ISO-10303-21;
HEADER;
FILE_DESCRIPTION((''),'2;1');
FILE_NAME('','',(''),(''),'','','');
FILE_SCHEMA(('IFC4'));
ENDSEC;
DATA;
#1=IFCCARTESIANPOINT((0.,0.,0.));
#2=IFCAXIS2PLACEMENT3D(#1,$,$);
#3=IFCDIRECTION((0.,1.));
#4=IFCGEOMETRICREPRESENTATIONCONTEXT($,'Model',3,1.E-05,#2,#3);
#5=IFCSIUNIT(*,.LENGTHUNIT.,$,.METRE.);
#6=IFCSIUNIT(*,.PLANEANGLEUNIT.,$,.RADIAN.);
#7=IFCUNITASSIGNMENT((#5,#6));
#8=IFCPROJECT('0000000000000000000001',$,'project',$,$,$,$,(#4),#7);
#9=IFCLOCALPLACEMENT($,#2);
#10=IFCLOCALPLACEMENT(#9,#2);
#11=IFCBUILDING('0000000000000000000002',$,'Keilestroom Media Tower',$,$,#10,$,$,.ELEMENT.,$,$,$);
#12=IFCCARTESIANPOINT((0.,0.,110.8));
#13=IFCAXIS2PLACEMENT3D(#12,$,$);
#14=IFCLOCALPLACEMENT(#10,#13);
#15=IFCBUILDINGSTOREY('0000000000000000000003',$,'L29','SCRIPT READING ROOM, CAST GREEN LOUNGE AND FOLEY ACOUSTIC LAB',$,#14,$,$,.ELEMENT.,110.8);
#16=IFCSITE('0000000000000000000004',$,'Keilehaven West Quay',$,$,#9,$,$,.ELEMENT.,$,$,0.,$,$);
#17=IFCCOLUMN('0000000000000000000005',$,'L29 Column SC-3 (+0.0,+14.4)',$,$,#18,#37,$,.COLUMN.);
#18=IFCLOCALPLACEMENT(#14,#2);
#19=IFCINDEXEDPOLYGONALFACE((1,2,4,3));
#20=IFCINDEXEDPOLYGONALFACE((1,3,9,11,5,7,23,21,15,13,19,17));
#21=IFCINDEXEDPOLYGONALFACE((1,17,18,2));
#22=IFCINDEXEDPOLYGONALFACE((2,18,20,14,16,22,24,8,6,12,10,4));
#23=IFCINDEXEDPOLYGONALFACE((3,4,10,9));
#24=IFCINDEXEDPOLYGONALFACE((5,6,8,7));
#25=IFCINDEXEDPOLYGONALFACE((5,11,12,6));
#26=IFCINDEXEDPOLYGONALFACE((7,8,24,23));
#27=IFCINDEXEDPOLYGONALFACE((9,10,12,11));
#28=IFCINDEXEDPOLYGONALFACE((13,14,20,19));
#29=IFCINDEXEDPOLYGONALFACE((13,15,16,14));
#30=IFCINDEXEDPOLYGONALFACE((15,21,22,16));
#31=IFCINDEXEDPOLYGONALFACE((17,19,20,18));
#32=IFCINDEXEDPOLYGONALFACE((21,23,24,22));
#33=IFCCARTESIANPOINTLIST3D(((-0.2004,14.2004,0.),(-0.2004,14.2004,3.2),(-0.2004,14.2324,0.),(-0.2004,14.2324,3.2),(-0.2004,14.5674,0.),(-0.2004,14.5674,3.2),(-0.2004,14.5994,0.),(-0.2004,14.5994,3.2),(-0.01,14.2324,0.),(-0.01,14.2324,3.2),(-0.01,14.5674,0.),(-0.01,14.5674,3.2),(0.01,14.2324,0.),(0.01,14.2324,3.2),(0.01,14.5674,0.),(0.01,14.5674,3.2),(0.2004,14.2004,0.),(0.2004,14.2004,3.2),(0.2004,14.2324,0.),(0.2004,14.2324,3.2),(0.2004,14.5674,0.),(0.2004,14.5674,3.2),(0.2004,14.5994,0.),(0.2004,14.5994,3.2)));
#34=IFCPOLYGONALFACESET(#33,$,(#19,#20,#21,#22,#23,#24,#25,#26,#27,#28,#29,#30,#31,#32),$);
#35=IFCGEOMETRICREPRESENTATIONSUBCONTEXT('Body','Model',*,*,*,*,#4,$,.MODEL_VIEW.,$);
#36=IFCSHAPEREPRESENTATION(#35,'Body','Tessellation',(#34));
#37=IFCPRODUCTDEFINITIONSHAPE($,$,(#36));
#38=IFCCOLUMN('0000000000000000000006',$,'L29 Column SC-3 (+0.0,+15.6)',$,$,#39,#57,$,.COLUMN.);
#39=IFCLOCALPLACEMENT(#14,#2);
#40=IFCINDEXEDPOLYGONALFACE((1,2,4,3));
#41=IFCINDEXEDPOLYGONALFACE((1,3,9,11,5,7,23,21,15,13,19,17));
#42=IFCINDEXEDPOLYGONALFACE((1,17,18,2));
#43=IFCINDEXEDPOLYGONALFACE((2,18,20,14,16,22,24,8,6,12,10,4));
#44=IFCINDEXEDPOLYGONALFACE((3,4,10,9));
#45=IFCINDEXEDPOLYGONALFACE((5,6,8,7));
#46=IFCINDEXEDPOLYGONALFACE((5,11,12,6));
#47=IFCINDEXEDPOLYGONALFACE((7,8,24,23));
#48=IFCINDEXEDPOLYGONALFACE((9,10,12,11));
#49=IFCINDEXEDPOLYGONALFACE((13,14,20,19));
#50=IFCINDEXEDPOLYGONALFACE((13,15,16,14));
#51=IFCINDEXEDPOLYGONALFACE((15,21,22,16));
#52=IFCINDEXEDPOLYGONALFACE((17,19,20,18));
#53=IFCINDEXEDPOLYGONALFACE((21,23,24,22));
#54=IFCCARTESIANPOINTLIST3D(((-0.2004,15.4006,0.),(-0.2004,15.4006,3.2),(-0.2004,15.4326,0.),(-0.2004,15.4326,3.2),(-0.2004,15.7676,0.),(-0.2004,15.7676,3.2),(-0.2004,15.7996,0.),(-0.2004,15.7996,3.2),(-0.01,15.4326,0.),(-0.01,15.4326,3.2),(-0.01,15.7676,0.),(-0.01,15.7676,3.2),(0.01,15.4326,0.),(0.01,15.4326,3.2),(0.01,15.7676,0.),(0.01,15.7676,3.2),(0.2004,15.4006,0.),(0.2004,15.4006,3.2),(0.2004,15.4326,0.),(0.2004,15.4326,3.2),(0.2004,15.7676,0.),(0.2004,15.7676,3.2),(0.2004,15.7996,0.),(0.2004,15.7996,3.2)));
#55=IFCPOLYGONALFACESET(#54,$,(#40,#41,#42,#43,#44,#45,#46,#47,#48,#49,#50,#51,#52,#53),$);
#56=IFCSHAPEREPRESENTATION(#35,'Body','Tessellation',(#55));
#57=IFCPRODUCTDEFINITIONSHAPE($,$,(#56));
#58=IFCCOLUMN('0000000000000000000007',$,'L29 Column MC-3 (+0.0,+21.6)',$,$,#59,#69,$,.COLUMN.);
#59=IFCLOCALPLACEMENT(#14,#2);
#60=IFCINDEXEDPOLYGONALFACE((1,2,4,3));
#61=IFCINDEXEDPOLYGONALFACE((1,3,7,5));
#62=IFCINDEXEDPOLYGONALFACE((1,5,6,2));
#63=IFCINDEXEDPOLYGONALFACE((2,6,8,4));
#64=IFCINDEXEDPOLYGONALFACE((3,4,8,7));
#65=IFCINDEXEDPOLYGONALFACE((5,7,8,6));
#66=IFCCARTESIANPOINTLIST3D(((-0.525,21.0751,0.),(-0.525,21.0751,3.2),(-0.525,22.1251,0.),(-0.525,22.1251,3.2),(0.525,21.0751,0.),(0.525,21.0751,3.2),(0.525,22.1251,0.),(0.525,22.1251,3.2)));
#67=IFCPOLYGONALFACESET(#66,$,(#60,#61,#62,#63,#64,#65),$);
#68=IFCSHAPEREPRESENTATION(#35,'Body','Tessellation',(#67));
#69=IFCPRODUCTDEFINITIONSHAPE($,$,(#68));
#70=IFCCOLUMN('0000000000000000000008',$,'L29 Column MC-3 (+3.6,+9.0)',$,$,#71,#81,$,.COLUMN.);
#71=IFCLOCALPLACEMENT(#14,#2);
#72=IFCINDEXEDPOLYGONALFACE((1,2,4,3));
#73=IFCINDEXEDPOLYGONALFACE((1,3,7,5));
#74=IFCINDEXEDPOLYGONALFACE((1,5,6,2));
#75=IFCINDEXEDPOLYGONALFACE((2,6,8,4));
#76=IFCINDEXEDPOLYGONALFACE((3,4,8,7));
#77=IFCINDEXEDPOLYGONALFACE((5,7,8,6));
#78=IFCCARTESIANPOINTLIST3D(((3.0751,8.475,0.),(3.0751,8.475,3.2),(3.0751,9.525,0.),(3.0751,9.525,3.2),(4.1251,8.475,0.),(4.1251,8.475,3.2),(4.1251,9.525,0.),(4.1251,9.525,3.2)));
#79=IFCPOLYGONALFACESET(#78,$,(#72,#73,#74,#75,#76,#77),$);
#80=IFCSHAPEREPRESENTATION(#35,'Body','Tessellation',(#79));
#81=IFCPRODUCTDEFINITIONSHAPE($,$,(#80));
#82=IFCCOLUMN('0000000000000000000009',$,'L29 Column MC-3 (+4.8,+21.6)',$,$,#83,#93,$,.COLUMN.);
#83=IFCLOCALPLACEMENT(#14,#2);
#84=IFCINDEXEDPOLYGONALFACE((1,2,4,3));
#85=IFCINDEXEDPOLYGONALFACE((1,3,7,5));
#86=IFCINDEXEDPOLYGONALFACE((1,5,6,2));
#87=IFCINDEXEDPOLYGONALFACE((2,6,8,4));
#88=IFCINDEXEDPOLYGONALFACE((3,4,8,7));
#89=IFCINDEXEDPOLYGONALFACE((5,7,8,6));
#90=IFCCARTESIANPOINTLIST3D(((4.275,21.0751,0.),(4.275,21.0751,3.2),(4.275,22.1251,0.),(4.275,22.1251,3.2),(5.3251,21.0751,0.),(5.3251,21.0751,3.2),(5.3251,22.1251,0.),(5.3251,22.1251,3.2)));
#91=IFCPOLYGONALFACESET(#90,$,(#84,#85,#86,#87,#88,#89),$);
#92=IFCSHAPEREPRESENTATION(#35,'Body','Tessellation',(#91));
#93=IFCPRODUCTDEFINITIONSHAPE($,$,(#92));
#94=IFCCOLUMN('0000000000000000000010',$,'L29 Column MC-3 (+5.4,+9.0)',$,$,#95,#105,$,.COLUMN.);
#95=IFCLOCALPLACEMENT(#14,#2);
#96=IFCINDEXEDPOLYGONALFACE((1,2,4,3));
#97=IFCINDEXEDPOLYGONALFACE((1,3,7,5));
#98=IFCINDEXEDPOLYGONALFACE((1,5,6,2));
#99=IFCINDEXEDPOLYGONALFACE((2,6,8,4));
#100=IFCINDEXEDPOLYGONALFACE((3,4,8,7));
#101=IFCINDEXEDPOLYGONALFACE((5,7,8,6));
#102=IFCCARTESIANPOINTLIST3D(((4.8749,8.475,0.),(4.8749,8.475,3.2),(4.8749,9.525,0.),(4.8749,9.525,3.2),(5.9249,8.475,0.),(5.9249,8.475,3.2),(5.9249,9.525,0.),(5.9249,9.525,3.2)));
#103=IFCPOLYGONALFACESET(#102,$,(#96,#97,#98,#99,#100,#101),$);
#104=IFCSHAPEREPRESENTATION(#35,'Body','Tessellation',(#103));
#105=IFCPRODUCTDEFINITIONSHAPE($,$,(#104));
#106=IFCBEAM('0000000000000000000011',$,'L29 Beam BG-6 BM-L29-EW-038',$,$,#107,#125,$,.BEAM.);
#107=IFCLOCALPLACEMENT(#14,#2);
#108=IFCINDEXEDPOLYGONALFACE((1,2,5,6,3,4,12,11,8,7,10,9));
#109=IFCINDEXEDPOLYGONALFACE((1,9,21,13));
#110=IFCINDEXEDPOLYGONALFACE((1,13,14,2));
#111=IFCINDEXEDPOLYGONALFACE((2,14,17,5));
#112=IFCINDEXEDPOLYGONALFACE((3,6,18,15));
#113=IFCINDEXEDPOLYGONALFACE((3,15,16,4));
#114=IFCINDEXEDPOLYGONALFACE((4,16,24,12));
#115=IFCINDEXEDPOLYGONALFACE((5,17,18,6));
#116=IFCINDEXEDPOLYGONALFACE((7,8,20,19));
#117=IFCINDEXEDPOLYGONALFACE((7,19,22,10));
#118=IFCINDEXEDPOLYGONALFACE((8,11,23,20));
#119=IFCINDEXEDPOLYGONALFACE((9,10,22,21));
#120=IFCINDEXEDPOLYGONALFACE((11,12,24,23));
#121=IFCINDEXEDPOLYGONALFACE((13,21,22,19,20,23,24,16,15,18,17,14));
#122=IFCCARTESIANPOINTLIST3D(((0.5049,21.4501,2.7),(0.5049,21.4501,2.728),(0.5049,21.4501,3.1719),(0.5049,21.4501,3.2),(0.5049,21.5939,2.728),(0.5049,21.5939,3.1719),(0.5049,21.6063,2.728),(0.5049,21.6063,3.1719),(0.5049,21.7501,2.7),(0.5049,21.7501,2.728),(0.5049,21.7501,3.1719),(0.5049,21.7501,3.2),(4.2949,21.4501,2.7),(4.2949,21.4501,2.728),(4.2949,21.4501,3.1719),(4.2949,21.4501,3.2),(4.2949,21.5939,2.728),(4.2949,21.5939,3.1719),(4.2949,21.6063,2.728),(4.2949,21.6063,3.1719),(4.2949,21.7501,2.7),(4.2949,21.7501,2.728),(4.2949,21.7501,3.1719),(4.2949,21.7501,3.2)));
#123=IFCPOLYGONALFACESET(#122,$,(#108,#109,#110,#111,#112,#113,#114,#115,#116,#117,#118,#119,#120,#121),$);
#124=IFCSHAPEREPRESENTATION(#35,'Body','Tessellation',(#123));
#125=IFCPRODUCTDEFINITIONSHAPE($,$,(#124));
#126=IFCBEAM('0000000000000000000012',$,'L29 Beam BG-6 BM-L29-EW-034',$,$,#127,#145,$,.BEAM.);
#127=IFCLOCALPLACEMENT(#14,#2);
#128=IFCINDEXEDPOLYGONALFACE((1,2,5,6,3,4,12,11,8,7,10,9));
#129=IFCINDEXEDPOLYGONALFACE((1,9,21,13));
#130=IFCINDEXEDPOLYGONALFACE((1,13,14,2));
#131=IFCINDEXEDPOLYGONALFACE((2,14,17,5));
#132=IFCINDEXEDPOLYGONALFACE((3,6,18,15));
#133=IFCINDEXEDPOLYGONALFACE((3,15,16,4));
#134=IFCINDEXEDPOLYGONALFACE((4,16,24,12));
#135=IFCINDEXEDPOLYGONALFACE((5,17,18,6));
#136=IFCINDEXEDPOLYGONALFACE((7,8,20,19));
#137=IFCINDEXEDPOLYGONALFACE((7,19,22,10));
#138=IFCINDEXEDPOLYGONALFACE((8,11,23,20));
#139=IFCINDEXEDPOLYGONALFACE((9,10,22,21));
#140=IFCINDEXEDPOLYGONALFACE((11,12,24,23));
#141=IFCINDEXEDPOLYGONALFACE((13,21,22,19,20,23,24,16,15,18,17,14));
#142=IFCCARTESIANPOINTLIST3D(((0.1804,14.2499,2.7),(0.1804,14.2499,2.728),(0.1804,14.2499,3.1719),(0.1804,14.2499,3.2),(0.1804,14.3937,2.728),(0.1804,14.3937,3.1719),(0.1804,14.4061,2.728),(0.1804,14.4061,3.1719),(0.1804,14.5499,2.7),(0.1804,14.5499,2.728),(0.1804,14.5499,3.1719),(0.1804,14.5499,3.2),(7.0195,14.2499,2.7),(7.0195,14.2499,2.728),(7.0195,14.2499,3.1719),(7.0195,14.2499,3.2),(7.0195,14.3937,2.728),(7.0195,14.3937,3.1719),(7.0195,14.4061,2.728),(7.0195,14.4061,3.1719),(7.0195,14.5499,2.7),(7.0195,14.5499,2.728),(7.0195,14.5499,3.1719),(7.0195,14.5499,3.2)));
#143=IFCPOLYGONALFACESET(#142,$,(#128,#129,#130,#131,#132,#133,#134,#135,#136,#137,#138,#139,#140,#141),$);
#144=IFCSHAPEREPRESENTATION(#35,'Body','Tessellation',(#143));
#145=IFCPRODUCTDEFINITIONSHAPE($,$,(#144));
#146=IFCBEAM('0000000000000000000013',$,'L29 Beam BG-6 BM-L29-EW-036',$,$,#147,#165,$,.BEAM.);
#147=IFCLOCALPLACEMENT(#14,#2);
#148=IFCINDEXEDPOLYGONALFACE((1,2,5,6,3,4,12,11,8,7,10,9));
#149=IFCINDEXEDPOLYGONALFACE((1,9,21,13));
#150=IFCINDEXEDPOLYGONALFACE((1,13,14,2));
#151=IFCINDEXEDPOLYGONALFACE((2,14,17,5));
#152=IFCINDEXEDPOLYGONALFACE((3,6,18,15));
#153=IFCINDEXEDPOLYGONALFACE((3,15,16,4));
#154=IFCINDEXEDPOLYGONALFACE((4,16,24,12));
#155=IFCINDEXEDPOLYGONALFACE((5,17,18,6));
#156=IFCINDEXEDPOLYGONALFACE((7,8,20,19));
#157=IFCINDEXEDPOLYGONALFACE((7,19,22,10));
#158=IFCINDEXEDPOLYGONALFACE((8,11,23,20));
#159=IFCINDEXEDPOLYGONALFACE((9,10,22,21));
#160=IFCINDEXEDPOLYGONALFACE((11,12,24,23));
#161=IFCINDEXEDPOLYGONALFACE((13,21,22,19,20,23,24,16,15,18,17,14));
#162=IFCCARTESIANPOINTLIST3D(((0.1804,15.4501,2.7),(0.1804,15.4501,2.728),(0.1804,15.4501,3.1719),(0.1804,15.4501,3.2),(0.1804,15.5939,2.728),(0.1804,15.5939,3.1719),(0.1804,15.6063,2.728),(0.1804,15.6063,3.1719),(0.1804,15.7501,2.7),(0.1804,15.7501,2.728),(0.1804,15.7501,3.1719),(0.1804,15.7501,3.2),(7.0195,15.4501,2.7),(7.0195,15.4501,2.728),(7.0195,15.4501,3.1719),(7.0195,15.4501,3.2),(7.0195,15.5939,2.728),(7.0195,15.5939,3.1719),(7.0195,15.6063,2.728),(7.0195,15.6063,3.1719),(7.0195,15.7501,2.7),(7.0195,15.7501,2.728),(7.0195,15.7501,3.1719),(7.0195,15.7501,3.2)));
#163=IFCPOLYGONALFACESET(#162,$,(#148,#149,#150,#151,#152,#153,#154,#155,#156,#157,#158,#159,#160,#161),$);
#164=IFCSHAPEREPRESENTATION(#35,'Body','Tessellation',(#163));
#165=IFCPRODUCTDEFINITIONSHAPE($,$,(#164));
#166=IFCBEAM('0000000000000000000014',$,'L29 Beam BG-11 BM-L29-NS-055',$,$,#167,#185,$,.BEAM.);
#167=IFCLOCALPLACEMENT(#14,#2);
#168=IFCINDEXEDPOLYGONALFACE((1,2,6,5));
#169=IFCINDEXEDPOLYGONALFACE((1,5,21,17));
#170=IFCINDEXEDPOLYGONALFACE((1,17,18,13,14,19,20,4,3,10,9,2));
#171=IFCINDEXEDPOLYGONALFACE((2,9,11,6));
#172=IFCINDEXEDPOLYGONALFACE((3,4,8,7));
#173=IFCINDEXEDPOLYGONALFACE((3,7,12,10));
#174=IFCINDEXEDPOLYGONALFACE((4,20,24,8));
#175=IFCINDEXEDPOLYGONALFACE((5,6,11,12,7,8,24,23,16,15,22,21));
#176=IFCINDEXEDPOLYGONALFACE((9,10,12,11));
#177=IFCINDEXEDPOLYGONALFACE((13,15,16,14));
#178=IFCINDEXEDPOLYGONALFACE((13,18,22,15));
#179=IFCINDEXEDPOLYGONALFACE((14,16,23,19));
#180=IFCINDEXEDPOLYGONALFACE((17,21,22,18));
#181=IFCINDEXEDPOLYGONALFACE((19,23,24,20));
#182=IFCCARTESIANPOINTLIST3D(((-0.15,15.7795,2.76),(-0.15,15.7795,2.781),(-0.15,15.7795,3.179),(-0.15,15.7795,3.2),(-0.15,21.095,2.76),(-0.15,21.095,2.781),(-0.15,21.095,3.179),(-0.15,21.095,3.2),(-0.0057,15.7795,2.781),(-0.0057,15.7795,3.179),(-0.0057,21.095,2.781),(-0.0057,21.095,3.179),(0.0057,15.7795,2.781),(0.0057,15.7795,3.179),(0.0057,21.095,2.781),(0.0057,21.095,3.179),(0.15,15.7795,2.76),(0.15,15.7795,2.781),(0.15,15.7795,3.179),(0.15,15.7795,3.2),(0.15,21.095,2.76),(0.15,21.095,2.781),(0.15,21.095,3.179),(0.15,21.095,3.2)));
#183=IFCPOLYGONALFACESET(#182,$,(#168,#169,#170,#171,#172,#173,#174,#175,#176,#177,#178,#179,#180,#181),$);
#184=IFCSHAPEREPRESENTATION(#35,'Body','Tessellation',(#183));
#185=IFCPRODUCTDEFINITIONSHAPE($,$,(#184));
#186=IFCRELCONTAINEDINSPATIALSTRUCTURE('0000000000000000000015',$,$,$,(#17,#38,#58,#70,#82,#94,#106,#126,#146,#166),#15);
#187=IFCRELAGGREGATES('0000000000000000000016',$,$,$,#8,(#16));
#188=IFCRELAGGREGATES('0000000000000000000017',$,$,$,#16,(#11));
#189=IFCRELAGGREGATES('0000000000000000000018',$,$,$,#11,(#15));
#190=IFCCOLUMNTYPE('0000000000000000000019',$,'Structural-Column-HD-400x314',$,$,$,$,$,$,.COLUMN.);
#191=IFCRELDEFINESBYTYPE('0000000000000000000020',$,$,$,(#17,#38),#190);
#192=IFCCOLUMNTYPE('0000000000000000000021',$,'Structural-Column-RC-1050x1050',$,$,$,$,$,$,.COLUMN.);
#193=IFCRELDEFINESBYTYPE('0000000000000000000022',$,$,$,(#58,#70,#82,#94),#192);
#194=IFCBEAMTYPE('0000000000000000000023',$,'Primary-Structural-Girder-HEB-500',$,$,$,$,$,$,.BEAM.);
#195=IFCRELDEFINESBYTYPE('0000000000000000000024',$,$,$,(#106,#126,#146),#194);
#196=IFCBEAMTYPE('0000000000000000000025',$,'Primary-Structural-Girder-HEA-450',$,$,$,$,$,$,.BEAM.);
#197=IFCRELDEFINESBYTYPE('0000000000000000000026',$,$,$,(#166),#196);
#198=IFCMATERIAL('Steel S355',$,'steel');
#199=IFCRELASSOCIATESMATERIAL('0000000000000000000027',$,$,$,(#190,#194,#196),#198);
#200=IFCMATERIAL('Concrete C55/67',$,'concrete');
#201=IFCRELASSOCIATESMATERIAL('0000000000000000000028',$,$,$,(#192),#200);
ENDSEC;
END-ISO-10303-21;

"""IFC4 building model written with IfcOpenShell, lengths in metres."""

from ifc_helpers import new_model, si_unit, direction, frame, origin, origin_2d, place, context, subcontext, project, spatial, rectangle, i_section, extrude, source, transform, mapped, material, material_profile, profile_set, type_object, element, save


model = new_model("IFC4")

# Units and contexts
model_context = context("Model", 3, precision=1e-05, world=origin(), true_north=direction((0.0, 1.0)))
body_context = subcontext(model_context, "Body", "Model", "MODEL_VIEW")
ifc_project = project(units=[si_unit("LENGTHUNIT", "METRE"), si_unit("PLANEANGLEUNIT", "RADIAN")], contexts=[model_context])

# Site, building, storey
site_placement = place(None, origin())
site = spatial("IfcSite", under=ifc_project, at=site_placement, Name="Keilehaven West Quay", CompositionType="ELEMENT", RefElevation=0.0)
building_placement = place(site_placement, origin())
building = spatial("IfcBuilding", under=site, at=building_placement, Name="Keilestroom Media Tower", CompositionType="ELEMENT")
storey_placement = place(building_placement, frame((0.0, 0.0, 110.8)))
storey = spatial("IfcBuildingStorey", under=building, at=storey_placement, Name="L29", Description="SCRIPT READING ROOM, CAST GREEN LOUNGE AND FOLEY ACOUSTIC LAB", CompositionType="ELEMENT", Elevation=110.8)

# Columns
ifc_material_1 = material(Name="Steel S355", Category="steel")
ifc_material_profile_1 = material_profile(ifc_material_1, i_section(OverallWidth=0.4009, OverallDepth=0.3989, WebThickness=0.02, FlangeThickness=0.032, at=origin_2d()), Name="HD 400x314")
ifc_profile_set_1 = profile_set([ifc_material_profile_1], Name="Steel S355")
column_type_1 = type_object("IfcColumnType", Name="Structural-Column-HD-400x314", PredefinedType="COLUMN", material=ifc_profile_set_1)
shared_shape_1 = source(origin(), body_context, "Body", "SweptSolid", [
    extrude(i_section(OverallWidth=0.4009, OverallDepth=0.3989, WebThickness=0.02, FlangeThickness=0.032, at=origin_2d()), origin(), (0.0, 0.0, 1.0), 3.2),
])
for number, where, z_axis, x_axis, name in (
    (1, (0.0, 14.3999, 0.0), (0.0, 0.0, 1.0), (1.0, 0.0, 0.0), "L29 Column SC-3 (+0.0,+14.4)"),
    (2, (0.0, 15.6001, 0.0), (0.0, 0.0, 1.0), (1.0, 0.0, 0.0), "L29 Column SC-3 (+0.0,+15.6)"),
):
    element("IfcColumn", number, at=place(storey_placement, frame(where, z_axis=z_axis, x_axis=x_axis)), inside=storey, type_object=column_type_1, Name=name, PredefinedType="COLUMN", context=body_context, shape_type="MappedRepresentation", body=[
        mapped(shared_shape_1, transform((0.0, 0.0, 0.0), x_axis=(1.0, 0.0, 0.0), y_axis=(0.0, 1.0, 0.0), z_axis=(0.0, 0.0, 1.0), scale=1.0)),
    ])
ifc_material_2 = material(Name="Concrete C55/67", Category="concrete")
ifc_material_profile_2 = material_profile(ifc_material_2, rectangle(XDim=1.05, YDim=1.05, at=origin_2d()), Name="RC 1050x1050")
ifc_profile_set_2 = profile_set([ifc_material_profile_2], Name="Concrete C55/67")
column_type_2 = type_object("IfcColumnType", Name="Structural-Column-RC-1050x1050", PredefinedType="COLUMN", material=ifc_profile_set_2)
shared_shape_2 = source(origin(), body_context, "Body", "SweptSolid", [
    extrude(rectangle(XDim=1.05, YDim=1.05, at=origin_2d()), origin(), (0.0, 0.0, 1.0), 3.2),
])
for number, where, z_axis, x_axis, name in (
    (3, (0.0, 21.6001, 0.0), (0.0, 0.0, 1.0), (1.0, 0.0, 0.0), "L29 Column MC-3 (+0.0,+21.6)"),
    (4, (3.6001, 9.0, 0.0), (0.0, 0.0, 1.0), (1.0, 0.0, 0.0), "L29 Column MC-3 (+3.6,+9.0)"),
    (5, (4.8, 21.6001, 0.0), (0.0, 0.0, 1.0), (1.0, 0.0, 0.0), "L29 Column MC-3 (+4.8,+21.6)"),
    (6, (5.3999, 9.0, 0.0), (0.0, 0.0, 1.0), (1.0, 0.0, 0.0), "L29 Column MC-3 (+5.4,+9.0)"),
):
    element("IfcColumn", number, at=place(storey_placement, frame(where, z_axis=z_axis, x_axis=x_axis)), inside=storey, type_object=column_type_2, Name=name, PredefinedType="COLUMN", context=body_context, shape_type="MappedRepresentation", body=[
        mapped(shared_shape_2, transform((0.0, 0.0, 0.0), x_axis=(1.0, 0.0, 0.0), y_axis=(0.0, 1.0, 0.0), z_axis=(0.0, 0.0, 1.0), scale=1.0)),
    ])

# Beams
ifc_material_profile_3 = material_profile(ifc_material_1, i_section(OverallWidth=0.3, OverallDepth=0.5, WebThickness=0.0125, FlangeThickness=0.0281, at=origin_2d()), Name="HEB 500")
ifc_profile_set_3 = profile_set([ifc_material_profile_3], Name="Steel S355")
beam_type_1 = type_object("IfcBeamType", Name="Primary-Structural-Girder-HEB-500", PredefinedType="BEAM", material=ifc_profile_set_3)
shared_shape_3 = source(origin(), body_context, "Body", "SweptSolid", [
    extrude(i_section(OverallWidth=0.3, OverallDepth=0.5, WebThickness=0.0125, FlangeThickness=0.0281, at=origin_2d()), origin(), (0.0, 0.0, 1.0), 3.79),
])
beam_1_placement = place(storey_placement, frame((0.5049, 21.6001, 2.95), z_axis=(1.0, 0.0, 0.0), x_axis=(0.0, 1.0, 0.0)))
element("IfcBeam", 7, at=beam_1_placement, inside=storey, type_object=beam_type_1, Name="L29 Beam BG-6 BM-L29-EW-038", PredefinedType="BEAM", context=body_context, shape_type="MappedRepresentation", body=[
    mapped(shared_shape_3, transform((0.0, 0.0, 0.0), x_axis=(1.0, 0.0, 0.0), y_axis=(0.0, 1.0, 0.0), z_axis=(0.0, 0.0, 1.0), scale=1.0)),
])
shared_shape_4 = source(origin(), body_context, "Body", "SweptSolid", [
    extrude(i_section(OverallWidth=0.3, OverallDepth=0.5, WebThickness=0.0125, FlangeThickness=0.0281, at=origin_2d()), origin(), (0.0, 0.0, 1.0), 6.8391),
])
for number, where, z_axis, x_axis, name in (
    (8, (0.1804, 14.3999, 2.95), (1.0, 0.0, 0.0), (0.0, 1.0, 0.0), "L29 Beam BG-6 BM-L29-EW-034"),
    (9, (0.1804, 15.6001, 2.95), (1.0, 0.0, 0.0), (0.0, 1.0, 0.0), "L29 Beam BG-6 BM-L29-EW-036"),
):
    element("IfcBeam", number, at=place(storey_placement, frame(where, z_axis=z_axis, x_axis=x_axis)), inside=storey, type_object=beam_type_1, Name=name, PredefinedType="BEAM", context=body_context, shape_type="MappedRepresentation", body=[
        mapped(shared_shape_4, transform((0.0, 0.0, 0.0), x_axis=(1.0, 0.0, 0.0), y_axis=(0.0, 1.0, 0.0), z_axis=(0.0, 0.0, 1.0), scale=1.0)),
    ])
ifc_material_profile_4 = material_profile(ifc_material_1, i_section(OverallWidth=0.3, OverallDepth=0.4399, WebThickness=0.0115, FlangeThickness=0.021, at=origin_2d()), Name="HEA 450")
ifc_profile_set_4 = profile_set([ifc_material_profile_4], Name="Steel S355")
beam_type_2 = type_object("IfcBeamType", Name="Primary-Structural-Girder-HEA-450", PredefinedType="BEAM", material=ifc_profile_set_4)
shared_shape_5 = source(origin(), body_context, "Body", "SweptSolid", [
    extrude(i_section(OverallWidth=0.3, OverallDepth=0.4399, WebThickness=0.0115, FlangeThickness=0.021, at=origin_2d()), origin(), (0.0, 0.0, 1.0), 5.3154),
])
beam_2_placement = place(storey_placement, frame((0.0, 15.7795, 2.98), z_axis=(0.0, 1.0, 0.0), x_axis=(-1.0, 0.0, 0.0)))
element("IfcBeam", 10, at=beam_2_placement, inside=storey, type_object=beam_type_2, Name="L29 Beam BG-11 BM-L29-NS-055", PredefinedType="BEAM", context=body_context, shape_type="MappedRepresentation", body=[
    mapped(shared_shape_5, transform((0.0, 0.0, 0.0), x_axis=(1.0, 0.0, 0.0), y_axis=(0.0, 1.0, 0.0), z_axis=(0.0, 0.0, 1.0), scale=1.0)),
])

save(model, "model.ifc")
